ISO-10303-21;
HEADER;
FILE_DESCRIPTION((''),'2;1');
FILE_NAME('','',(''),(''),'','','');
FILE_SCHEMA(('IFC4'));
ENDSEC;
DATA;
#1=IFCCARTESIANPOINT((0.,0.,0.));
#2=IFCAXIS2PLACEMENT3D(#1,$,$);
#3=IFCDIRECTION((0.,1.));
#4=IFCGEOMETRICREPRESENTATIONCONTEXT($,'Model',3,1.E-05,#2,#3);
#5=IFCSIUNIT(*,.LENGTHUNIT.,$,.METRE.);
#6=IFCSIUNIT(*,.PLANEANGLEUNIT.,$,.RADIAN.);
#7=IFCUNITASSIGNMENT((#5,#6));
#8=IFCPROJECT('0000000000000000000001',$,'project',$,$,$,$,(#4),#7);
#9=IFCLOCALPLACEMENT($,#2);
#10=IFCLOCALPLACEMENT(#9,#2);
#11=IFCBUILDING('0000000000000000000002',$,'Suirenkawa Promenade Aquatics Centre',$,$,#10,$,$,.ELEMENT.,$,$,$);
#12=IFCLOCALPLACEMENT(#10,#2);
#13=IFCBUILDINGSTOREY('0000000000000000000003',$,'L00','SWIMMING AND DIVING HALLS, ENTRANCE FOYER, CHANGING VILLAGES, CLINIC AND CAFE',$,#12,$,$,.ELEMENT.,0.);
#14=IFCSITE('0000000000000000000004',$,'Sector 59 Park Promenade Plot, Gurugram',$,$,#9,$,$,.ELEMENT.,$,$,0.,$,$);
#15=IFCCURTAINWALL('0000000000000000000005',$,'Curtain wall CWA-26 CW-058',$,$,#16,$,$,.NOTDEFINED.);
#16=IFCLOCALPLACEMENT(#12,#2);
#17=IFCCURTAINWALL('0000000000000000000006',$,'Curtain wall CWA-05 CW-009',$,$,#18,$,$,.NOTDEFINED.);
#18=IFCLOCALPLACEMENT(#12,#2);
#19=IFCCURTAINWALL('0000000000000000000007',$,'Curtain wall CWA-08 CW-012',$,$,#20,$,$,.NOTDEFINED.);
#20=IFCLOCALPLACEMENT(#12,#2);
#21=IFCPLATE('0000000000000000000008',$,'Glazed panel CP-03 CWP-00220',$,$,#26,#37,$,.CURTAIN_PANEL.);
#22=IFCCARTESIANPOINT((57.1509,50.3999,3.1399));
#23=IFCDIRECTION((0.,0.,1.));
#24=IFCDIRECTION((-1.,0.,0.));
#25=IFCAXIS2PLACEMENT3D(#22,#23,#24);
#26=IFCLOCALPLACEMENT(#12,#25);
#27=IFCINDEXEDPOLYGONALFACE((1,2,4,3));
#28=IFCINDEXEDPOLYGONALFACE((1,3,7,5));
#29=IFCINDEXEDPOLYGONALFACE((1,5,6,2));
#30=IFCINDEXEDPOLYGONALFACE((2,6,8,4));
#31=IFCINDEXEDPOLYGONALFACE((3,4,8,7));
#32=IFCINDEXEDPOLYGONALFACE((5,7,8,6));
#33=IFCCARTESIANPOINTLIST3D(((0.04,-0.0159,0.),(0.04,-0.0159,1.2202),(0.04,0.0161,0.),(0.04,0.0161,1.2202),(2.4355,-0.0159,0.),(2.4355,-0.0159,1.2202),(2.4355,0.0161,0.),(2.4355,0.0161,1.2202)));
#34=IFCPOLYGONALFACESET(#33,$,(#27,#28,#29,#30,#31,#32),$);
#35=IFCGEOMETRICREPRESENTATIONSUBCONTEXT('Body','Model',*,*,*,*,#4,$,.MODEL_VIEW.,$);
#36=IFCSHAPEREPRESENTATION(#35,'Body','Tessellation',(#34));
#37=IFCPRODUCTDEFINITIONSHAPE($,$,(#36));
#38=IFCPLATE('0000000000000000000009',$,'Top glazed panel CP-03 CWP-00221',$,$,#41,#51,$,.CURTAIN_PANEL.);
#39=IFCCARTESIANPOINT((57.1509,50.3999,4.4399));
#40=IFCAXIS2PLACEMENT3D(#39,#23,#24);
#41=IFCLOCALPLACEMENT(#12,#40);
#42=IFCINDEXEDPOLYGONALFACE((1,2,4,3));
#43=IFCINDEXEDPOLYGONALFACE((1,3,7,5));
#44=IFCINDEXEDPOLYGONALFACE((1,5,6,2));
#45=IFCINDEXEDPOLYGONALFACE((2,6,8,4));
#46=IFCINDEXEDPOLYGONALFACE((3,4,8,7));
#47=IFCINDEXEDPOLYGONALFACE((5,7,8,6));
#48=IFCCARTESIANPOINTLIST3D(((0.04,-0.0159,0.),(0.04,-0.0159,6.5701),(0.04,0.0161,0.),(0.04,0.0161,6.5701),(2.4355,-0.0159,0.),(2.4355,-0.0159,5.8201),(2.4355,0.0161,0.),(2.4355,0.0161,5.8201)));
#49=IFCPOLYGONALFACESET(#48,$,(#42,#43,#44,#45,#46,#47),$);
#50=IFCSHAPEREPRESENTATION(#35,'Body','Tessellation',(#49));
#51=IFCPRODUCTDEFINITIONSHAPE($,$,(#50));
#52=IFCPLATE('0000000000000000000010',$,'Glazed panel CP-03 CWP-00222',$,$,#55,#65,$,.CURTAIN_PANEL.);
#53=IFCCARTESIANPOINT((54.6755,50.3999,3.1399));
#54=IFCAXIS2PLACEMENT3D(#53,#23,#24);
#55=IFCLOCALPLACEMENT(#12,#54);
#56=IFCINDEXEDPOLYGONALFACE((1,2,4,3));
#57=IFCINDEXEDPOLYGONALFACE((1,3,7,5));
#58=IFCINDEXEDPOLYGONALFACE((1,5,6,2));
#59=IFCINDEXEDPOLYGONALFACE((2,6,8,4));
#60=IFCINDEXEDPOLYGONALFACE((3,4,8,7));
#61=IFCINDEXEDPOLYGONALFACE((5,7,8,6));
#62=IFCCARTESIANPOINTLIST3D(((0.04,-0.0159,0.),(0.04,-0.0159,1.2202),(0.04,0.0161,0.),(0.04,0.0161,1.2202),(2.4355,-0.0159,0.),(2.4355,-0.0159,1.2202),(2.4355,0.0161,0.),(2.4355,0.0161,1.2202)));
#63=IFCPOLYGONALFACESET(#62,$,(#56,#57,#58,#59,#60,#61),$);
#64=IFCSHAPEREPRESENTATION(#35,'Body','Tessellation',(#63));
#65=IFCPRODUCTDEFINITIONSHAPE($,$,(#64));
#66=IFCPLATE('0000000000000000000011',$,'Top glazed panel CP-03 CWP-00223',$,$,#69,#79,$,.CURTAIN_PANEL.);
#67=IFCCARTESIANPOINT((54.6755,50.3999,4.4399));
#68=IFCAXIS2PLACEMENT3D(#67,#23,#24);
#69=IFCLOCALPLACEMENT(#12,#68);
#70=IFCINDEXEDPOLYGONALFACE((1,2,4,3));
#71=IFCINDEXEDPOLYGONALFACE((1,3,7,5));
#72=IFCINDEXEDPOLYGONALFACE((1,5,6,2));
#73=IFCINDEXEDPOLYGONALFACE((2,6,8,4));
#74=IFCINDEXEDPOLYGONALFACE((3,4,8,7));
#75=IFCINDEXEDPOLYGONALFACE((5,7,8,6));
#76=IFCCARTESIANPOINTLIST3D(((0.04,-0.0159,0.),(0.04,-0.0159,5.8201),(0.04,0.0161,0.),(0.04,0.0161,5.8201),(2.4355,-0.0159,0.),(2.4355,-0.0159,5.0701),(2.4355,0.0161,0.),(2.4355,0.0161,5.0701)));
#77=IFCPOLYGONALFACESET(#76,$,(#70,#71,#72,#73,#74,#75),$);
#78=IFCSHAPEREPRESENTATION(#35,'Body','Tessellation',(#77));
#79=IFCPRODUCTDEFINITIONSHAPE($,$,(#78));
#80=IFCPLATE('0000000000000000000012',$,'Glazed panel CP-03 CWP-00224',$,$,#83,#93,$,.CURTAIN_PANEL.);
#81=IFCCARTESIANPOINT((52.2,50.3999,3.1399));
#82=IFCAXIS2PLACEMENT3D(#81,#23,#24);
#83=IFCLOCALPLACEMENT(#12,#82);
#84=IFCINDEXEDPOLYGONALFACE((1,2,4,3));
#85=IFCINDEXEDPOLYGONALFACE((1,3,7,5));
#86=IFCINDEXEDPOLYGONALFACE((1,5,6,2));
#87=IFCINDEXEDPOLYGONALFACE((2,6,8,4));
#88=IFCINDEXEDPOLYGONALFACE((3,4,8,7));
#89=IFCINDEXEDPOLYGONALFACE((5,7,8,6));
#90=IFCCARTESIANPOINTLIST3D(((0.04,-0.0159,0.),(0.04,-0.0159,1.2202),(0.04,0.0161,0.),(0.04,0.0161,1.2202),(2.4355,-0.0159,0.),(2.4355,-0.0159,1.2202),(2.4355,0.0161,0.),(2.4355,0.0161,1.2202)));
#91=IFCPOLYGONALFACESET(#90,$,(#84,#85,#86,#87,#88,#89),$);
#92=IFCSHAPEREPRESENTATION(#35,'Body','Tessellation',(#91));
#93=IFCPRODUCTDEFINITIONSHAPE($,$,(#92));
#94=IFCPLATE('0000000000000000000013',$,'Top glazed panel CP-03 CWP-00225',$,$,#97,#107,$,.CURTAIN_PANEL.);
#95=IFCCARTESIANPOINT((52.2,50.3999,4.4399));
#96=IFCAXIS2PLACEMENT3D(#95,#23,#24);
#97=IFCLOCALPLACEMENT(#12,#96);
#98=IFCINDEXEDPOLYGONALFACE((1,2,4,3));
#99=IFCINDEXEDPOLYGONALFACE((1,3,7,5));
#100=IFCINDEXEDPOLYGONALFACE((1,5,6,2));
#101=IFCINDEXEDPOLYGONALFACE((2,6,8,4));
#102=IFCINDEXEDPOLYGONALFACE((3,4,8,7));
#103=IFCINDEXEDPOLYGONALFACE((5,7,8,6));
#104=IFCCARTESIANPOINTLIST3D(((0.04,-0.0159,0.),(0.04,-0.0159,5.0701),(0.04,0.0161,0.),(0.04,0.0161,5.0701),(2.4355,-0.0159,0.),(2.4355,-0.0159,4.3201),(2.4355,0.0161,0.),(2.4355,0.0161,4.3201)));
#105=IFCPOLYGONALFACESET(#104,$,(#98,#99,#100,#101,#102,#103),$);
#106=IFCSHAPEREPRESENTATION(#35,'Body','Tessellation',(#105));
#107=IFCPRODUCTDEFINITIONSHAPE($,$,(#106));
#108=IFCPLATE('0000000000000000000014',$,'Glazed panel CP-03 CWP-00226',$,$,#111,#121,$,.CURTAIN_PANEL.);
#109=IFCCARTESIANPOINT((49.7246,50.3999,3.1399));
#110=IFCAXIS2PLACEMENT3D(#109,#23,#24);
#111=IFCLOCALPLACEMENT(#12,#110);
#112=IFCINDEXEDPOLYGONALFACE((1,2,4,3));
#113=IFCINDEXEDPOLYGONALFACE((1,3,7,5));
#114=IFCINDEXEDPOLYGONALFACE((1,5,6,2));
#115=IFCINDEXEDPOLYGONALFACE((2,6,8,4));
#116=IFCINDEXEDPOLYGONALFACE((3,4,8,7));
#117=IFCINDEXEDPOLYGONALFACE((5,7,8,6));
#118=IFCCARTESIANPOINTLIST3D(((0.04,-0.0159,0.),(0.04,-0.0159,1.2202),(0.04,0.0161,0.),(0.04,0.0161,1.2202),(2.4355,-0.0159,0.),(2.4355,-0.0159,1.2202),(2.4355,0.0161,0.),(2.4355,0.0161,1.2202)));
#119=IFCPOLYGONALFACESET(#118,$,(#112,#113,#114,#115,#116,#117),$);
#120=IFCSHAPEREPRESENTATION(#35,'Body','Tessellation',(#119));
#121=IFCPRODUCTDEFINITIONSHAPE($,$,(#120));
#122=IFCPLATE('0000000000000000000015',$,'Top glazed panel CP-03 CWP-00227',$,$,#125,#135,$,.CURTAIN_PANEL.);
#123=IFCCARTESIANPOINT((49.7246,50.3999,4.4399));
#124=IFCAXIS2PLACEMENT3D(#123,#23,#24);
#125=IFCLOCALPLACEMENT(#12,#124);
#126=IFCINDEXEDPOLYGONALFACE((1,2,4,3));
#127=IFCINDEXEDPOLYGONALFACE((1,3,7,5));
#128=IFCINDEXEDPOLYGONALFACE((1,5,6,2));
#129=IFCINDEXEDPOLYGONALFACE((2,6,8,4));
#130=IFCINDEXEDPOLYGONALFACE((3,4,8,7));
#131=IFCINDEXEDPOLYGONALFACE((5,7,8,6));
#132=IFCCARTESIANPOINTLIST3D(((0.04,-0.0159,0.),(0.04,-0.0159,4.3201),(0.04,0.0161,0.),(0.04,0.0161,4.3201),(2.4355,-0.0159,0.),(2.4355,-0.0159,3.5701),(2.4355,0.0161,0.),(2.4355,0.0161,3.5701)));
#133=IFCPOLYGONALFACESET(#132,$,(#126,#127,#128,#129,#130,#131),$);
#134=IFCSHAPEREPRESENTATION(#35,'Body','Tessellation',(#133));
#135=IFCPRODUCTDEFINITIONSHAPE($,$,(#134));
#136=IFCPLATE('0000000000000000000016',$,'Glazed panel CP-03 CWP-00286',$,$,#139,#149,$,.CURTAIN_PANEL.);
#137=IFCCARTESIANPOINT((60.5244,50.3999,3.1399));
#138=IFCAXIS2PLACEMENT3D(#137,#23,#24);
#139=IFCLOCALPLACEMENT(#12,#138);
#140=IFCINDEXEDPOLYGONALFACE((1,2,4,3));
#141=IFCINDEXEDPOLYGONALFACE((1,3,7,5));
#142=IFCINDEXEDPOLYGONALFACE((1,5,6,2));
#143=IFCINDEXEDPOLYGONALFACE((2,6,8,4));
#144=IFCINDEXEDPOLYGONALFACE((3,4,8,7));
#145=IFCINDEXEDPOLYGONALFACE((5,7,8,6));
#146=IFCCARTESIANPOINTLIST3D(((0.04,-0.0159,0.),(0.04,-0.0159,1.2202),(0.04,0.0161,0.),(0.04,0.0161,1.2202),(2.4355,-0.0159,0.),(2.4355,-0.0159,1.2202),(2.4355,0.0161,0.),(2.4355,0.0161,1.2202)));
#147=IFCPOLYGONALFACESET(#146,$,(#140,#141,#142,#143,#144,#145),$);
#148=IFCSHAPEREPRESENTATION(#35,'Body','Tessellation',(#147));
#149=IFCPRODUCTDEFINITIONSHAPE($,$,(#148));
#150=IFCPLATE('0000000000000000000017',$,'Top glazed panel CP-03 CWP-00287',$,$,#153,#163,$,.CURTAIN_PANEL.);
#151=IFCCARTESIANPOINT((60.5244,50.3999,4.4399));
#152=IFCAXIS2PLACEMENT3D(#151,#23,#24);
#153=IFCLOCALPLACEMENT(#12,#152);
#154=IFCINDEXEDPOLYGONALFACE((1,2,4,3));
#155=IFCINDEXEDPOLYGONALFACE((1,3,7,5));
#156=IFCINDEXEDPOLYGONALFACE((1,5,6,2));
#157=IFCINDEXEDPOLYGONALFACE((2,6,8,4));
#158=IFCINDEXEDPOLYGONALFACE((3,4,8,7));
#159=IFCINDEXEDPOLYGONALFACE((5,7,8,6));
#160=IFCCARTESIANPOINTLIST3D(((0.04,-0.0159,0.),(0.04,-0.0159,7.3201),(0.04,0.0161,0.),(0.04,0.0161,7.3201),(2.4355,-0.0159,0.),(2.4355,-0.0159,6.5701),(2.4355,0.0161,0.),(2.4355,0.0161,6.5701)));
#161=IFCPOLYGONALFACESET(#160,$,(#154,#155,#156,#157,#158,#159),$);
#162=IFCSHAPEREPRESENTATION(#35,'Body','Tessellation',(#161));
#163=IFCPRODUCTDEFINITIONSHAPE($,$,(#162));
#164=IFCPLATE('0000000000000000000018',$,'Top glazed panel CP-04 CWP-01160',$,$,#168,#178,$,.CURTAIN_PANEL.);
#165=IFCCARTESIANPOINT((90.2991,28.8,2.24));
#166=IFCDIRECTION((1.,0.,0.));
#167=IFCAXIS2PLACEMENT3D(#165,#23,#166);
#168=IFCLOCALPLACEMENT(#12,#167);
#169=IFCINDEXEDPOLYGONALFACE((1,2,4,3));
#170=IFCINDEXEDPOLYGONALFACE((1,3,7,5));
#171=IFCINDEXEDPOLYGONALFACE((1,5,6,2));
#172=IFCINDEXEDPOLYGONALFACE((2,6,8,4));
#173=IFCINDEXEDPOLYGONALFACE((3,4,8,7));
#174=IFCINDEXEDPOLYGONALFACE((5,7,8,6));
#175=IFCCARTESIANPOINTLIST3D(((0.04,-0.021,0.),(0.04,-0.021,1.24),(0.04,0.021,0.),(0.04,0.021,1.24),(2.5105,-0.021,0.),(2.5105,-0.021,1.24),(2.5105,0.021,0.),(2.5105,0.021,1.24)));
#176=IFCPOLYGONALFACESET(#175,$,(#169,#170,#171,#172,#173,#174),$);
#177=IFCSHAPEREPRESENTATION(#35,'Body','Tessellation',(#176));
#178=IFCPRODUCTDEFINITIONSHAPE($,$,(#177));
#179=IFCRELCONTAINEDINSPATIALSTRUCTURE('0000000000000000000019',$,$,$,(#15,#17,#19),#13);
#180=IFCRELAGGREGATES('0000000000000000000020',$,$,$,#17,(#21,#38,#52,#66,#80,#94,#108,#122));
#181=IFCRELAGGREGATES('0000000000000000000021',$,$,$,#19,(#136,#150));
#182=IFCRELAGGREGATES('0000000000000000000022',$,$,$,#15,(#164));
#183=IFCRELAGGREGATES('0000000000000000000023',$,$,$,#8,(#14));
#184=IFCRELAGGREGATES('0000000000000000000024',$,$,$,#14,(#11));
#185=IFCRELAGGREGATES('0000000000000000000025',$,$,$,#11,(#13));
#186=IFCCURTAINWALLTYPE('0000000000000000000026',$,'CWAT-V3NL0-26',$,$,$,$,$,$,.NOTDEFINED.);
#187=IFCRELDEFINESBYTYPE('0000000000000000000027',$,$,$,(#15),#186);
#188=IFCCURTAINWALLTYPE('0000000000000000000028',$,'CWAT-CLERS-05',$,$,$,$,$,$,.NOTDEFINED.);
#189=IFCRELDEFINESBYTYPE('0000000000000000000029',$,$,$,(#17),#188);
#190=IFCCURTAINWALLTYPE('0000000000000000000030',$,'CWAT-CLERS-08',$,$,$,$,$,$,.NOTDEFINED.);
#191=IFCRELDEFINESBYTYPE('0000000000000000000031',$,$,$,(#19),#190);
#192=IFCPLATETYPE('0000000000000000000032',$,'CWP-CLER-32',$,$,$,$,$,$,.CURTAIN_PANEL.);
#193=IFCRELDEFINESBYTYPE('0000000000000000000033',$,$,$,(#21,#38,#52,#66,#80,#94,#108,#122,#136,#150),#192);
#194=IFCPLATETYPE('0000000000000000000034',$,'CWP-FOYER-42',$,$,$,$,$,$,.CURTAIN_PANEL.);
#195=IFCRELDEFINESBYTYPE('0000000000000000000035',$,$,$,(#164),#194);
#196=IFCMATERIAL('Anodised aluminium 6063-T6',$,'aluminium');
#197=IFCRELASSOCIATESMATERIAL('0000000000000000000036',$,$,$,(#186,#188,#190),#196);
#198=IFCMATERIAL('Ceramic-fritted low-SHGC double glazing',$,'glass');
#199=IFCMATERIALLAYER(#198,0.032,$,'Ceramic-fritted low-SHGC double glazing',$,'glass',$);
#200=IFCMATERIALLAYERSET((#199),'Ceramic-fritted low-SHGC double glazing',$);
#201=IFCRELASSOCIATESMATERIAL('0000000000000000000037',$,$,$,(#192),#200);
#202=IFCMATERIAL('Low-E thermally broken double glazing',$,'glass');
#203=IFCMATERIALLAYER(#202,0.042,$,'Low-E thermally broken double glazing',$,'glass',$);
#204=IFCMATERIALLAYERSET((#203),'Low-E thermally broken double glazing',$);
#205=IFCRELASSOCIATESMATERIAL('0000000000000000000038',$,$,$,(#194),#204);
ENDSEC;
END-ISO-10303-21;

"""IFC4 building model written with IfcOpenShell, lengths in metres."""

from ifc_helpers import new_model, si_unit, direction, frame, origin, place, context, subcontext, project, spatial, polyline, outline, extrude, material, layer, layer_set, type_object, element, aggregate, save


model = new_model("IFC4")

# Units and contexts
model_context = context("Model", 3, precision=1e-05, world=origin(), true_north=direction((0.0, 1.0)))
body_context = subcontext(model_context, "Body", "Model", "MODEL_VIEW")
ifc_project = project(units=[si_unit("LENGTHUNIT", "METRE"), si_unit("PLANEANGLEUNIT", "RADIAN")], contexts=[model_context])

# Site, building, storey
site_placement = place(None, origin())
site = spatial("IfcSite", under=ifc_project, at=site_placement, Name="Sector 59 Park Promenade Plot, Gurugram", CompositionType="ELEMENT", RefElevation=0.0)
building_placement = place(site_placement, origin())
building = spatial("IfcBuilding", under=site, at=building_placement, Name="Suirenkawa Promenade Aquatics Centre", CompositionType="ELEMENT")
storey_placement = place(building_placement, origin())
storey = spatial("IfcBuildingStorey", under=building, at=storey_placement, Name="L00", Description="SWIMMING AND DIVING HALLS, ENTRANCE FOYER, CHANGING VILLAGES, CLINIC AND CAFE", CompositionType="ELEMENT", Elevation=0.0)

# Curtain wall
ifc_material_1 = material(Name="Anodised aluminium 6063-T6", Category="aluminium")
curtain_wall_type_1 = type_object("IfcCurtainWallType", Name="CWAT-V3NL0-26", PredefinedType="NOTDEFINED", material=ifc_material_1)
curtain_wall_1_placement = place(storey_placement, origin())
curtain_wall_1 = element("IfcCurtainWall", 1, at=curtain_wall_1_placement, inside=storey, type_object=curtain_wall_type_1, Name="Curtain wall CWA-26 CW-058", PredefinedType="NOTDEFINED")

# Curtain walls
curtain_wall_type_2 = type_object("IfcCurtainWallType", Name="CWAT-CLERS-05", PredefinedType="NOTDEFINED", material=ifc_material_1)
curtain_wall_2_placement = place(storey_placement, origin())
curtain_wall_2 = element("IfcCurtainWall", 2, at=curtain_wall_2_placement, inside=storey, type_object=curtain_wall_type_2, Name="Curtain wall CWA-05 CW-009", PredefinedType="NOTDEFINED")
curtain_wall_type_3 = type_object("IfcCurtainWallType", Name="CWAT-CLERS-08", PredefinedType="NOTDEFINED", material=ifc_material_1)
curtain_wall_3_placement = place(storey_placement, origin())
curtain_wall_3 = element("IfcCurtainWall", 3, at=curtain_wall_3_placement, inside=storey, type_object=curtain_wall_type_3, Name="Curtain wall CWA-08 CW-012", PredefinedType="NOTDEFINED")

# Plates
ifc_material_2 = material(Name="Ceramic-fritted low-SHGC double glazing", Category="glass")
ifc_layer_1 = layer(ifc_material_2, 0.032, Name="Ceramic-fritted low-SHGC double glazing", Category="glass")
ifc_layer_set_1 = layer_set([ifc_layer_1], Name="Ceramic-fritted low-SHGC double glazing")
plate_type_1 = type_object("IfcPlateType", Name="CWP-CLER-32", PredefinedType="CURTAIN_PANEL", material=ifc_layer_set_1)
plate_1_placement = place(storey_placement, frame((57.1509, 50.3999, 3.1399), z_axis=(0.0, 0.0, 1.0), x_axis=(-1.0, 0.0, 0.0)))
plate_1 = element("IfcPlate", 4, at=plate_1_placement, type_object=plate_type_1, Name="Glazed panel CP-03 CWP-00220", PredefinedType="CURTAIN_PANEL", context=body_context, shape_type="SweptSolid", body=[
    extrude(outline(polyline([(0.04, 0.0), (2.4355, 0.0), (2.4355, 1.2202), (0.04, 1.2202), (0.04, 0.0)])), frame((0.0, 0.0161, 0.0), z_axis=(0.0, -1.0, 0.0), x_axis=(1.0, 0.0, 0.0)), (0.0, 0.0, 1.0), 0.032),
])
plate_2_placement = place(storey_placement, frame((57.1509, 50.3999, 4.4399), z_axis=(0.0, 0.0, 1.0), x_axis=(-1.0, 0.0, 0.0)))
plate_2 = element("IfcPlate", 5, at=plate_2_placement, type_object=plate_type_1, Name="Top glazed panel CP-03 CWP-00221", PredefinedType="CURTAIN_PANEL", context=body_context, shape_type="SweptSolid", body=[
    extrude(outline(polyline([(0.04, 0.0), (2.4355, 0.0), (2.4355, 5.8201), (0.04, 6.5701), (0.04, 0.0)])), frame((0.0, 0.0161, 0.0), z_axis=(0.0, -1.0, 0.0), x_axis=(1.0, 0.0, 0.0)), (0.0, 0.0, 1.0), 0.032),
])
plate_3_placement = place(storey_placement, frame((54.6755, 50.3999, 3.1399), z_axis=(0.0, 0.0, 1.0), x_axis=(-1.0, 0.0, 0.0)))
plate_3 = element("IfcPlate", 6, at=plate_3_placement, type_object=plate_type_1, Name="Glazed panel CP-03 CWP-00222", PredefinedType="CURTAIN_PANEL", context=body_context, shape_type="SweptSolid", body=[
    extrude(outline(polyline([(0.04, 0.0), (2.4355, 0.0), (2.4355, 1.2202), (0.04, 1.2202), (0.04, 0.0)])), frame((0.0, 0.0161, 0.0), z_axis=(0.0, -1.0, 0.0), x_axis=(1.0, 0.0, 0.0)), (0.0, 0.0, 1.0), 0.032),
])
plate_4_placement = place(storey_placement, frame((54.6755, 50.3999, 4.4399), z_axis=(0.0, 0.0, 1.0), x_axis=(-1.0, 0.0, 0.0)))
plate_4 = element("IfcPlate", 7, at=plate_4_placement, type_object=plate_type_1, Name="Top glazed panel CP-03 CWP-00223", PredefinedType="CURTAIN_PANEL", context=body_context, shape_type="SweptSolid", body=[
    extrude(outline(polyline([(0.04, 0.0), (2.4355, 0.0), (2.4355, 5.0701), (0.04, 5.8201), (0.04, 0.0)])), frame((0.0, 0.0161, 0.0), z_axis=(0.0, -1.0, 0.0), x_axis=(1.0, 0.0, 0.0)), (0.0, 0.0, 1.0), 0.032),
])
plate_5_placement = place(storey_placement, frame((52.2, 50.3999, 3.1399), z_axis=(0.0, 0.0, 1.0), x_axis=(-1.0, 0.0, 0.0)))
plate_5 = element("IfcPlate", 8, at=plate_5_placement, type_object=plate_type_1, Name="Glazed panel CP-03 CWP-00224", PredefinedType="CURTAIN_PANEL", context=body_context, shape_type="SweptSolid", body=[
    extrude(outline(polyline([(0.04, 0.0), (2.4355, 0.0), (2.4355, 1.2202), (0.04, 1.2202), (0.04, 0.0)])), frame((0.0, 0.0161, 0.0), z_axis=(0.0, -1.0, 0.0), x_axis=(1.0, 0.0, 0.0)), (0.0, 0.0, 1.0), 0.032),
])
plate_6_placement = place(storey_placement, frame((52.2, 50.3999, 4.4399), z_axis=(0.0, 0.0, 1.0), x_axis=(-1.0, 0.0, 0.0)))
plate_6 = element("IfcPlate", 9, at=plate_6_placement, type_object=plate_type_1, Name="Top glazed panel CP-03 CWP-00225", PredefinedType="CURTAIN_PANEL", context=body_context, shape_type="SweptSolid", body=[
    extrude(outline(polyline([(0.04, 0.0), (2.4355, 0.0), (2.4355, 4.3201), (0.04, 5.0701), (0.04, 0.0)])), frame((0.0, 0.0161, 0.0), z_axis=(0.0, -1.0, 0.0), x_axis=(1.0, 0.0, 0.0)), (0.0, 0.0, 1.0), 0.032),
])
plate_7_placement = place(storey_placement, frame((49.7246, 50.3999, 3.1399), z_axis=(0.0, 0.0, 1.0), x_axis=(-1.0, 0.0, 0.0)))
plate_7 = element("IfcPlate", 10, at=plate_7_placement, type_object=plate_type_1, Name="Glazed panel CP-03 CWP-00226", PredefinedType="CURTAIN_PANEL", context=body_context, shape_type="SweptSolid", body=[
    extrude(outline(polyline([(0.04, 0.0), (2.4355, 0.0), (2.4355, 1.2202), (0.04, 1.2202), (0.04, 0.0)])), frame((0.0, 0.0161, 0.0), z_axis=(0.0, -1.0, 0.0), x_axis=(1.0, 0.0, 0.0)), (0.0, 0.0, 1.0), 0.032),
])
plate_8_placement = place(storey_placement, frame((49.7246, 50.3999, 4.4399), z_axis=(0.0, 0.0, 1.0), x_axis=(-1.0, 0.0, 0.0)))
plate_8 = element("IfcPlate", 11, at=plate_8_placement, type_object=plate_type_1, Name="Top glazed panel CP-03 CWP-00227", PredefinedType="CURTAIN_PANEL", context=body_context, shape_type="SweptSolid", body=[
    extrude(outline(polyline([(0.04, 0.0), (2.4355, 0.0), (2.4355, 3.5701), (0.04, 4.3201), (0.04, 0.0)])), frame((0.0, 0.0161, 0.0), z_axis=(0.0, -1.0, 0.0), x_axis=(1.0, 0.0, 0.0)), (0.0, 0.0, 1.0), 0.032),
])
aggregate(curtain_wall_2, [plate_1, plate_2, plate_3, plate_4, plate_5, plate_6, plate_7, plate_8])
plate_9_placement = place(storey_placement, frame((60.5244, 50.3999, 3.1399), z_axis=(0.0, 0.0, 1.0), x_axis=(-1.0, 0.0, 0.0)))
plate_9 = element("IfcPlate", 12, at=plate_9_placement, type_object=plate_type_1, Name="Glazed panel CP-03 CWP-00286", PredefinedType="CURTAIN_PANEL", context=body_context, shape_type="SweptSolid", body=[
    extrude(outline(polyline([(0.04, 0.0), (2.4355, 0.0), (2.4355, 1.2202), (0.04, 1.2202), (0.04, 0.0)])), frame((0.0, 0.0161, 0.0), z_axis=(0.0, -1.0, 0.0), x_axis=(1.0, 0.0, 0.0)), (0.0, 0.0, 1.0), 0.032),
])
plate_10_placement = place(storey_placement, frame((60.5244, 50.3999, 4.4399), z_axis=(0.0, 0.0, 1.0), x_axis=(-1.0, 0.0, 0.0)))
plate_10 = element("IfcPlate", 13, at=plate_10_placement, type_object=plate_type_1, Name="Top glazed panel CP-03 CWP-00287", PredefinedType="CURTAIN_PANEL", context=body_context, shape_type="SweptSolid", body=[
    extrude(outline(polyline([(0.04, 0.0), (2.4355, 0.0), (2.4355, 6.5701), (0.04, 7.3201), (0.04, 0.0)])), frame((0.0, 0.0161, 0.0), z_axis=(0.0, -1.0, 0.0), x_axis=(1.0, 0.0, 0.0)), (0.0, 0.0, 1.0), 0.032),
])
aggregate(curtain_wall_3, [plate_9, plate_10])
ifc_material_3 = material(Name="Low-E thermally broken double glazing", Category="glass")
ifc_layer_2 = layer(ifc_material_3, 0.042, Name="Low-E thermally broken double glazing", Category="glass")
ifc_layer_set_2 = layer_set([ifc_layer_2], Name="Low-E thermally broken double glazing")
plate_type_2 = type_object("IfcPlateType", Name="CWP-FOYER-42", PredefinedType="CURTAIN_PANEL", material=ifc_layer_set_2)
plate_11_placement = place(storey_placement, frame((90.2991, 28.8, 2.24), z_axis=(0.0, 0.0, 1.0), x_axis=(1.0, 0.0, 0.0)))
plate_11 = element("IfcPlate", 14, at=plate_11_placement, type_object=plate_type_2, Name="Top glazed panel CP-04 CWP-01160", PredefinedType="CURTAIN_PANEL", context=body_context, shape_type="SweptSolid", body=[
    extrude(outline(polyline([(0.04, 0.0), (2.5105, 0.0), (2.5105, 1.24), (0.04, 1.24), (0.04, 0.0)])), frame((0.0, 0.021, 0.0), z_axis=(0.0, -1.0, 0.0), x_axis=(1.0, 0.0, 0.0)), (0.0, 0.0, 1.0), 0.042),
])
aggregate(curtain_wall_1, [plate_11])

save(model, "model.ifc")
